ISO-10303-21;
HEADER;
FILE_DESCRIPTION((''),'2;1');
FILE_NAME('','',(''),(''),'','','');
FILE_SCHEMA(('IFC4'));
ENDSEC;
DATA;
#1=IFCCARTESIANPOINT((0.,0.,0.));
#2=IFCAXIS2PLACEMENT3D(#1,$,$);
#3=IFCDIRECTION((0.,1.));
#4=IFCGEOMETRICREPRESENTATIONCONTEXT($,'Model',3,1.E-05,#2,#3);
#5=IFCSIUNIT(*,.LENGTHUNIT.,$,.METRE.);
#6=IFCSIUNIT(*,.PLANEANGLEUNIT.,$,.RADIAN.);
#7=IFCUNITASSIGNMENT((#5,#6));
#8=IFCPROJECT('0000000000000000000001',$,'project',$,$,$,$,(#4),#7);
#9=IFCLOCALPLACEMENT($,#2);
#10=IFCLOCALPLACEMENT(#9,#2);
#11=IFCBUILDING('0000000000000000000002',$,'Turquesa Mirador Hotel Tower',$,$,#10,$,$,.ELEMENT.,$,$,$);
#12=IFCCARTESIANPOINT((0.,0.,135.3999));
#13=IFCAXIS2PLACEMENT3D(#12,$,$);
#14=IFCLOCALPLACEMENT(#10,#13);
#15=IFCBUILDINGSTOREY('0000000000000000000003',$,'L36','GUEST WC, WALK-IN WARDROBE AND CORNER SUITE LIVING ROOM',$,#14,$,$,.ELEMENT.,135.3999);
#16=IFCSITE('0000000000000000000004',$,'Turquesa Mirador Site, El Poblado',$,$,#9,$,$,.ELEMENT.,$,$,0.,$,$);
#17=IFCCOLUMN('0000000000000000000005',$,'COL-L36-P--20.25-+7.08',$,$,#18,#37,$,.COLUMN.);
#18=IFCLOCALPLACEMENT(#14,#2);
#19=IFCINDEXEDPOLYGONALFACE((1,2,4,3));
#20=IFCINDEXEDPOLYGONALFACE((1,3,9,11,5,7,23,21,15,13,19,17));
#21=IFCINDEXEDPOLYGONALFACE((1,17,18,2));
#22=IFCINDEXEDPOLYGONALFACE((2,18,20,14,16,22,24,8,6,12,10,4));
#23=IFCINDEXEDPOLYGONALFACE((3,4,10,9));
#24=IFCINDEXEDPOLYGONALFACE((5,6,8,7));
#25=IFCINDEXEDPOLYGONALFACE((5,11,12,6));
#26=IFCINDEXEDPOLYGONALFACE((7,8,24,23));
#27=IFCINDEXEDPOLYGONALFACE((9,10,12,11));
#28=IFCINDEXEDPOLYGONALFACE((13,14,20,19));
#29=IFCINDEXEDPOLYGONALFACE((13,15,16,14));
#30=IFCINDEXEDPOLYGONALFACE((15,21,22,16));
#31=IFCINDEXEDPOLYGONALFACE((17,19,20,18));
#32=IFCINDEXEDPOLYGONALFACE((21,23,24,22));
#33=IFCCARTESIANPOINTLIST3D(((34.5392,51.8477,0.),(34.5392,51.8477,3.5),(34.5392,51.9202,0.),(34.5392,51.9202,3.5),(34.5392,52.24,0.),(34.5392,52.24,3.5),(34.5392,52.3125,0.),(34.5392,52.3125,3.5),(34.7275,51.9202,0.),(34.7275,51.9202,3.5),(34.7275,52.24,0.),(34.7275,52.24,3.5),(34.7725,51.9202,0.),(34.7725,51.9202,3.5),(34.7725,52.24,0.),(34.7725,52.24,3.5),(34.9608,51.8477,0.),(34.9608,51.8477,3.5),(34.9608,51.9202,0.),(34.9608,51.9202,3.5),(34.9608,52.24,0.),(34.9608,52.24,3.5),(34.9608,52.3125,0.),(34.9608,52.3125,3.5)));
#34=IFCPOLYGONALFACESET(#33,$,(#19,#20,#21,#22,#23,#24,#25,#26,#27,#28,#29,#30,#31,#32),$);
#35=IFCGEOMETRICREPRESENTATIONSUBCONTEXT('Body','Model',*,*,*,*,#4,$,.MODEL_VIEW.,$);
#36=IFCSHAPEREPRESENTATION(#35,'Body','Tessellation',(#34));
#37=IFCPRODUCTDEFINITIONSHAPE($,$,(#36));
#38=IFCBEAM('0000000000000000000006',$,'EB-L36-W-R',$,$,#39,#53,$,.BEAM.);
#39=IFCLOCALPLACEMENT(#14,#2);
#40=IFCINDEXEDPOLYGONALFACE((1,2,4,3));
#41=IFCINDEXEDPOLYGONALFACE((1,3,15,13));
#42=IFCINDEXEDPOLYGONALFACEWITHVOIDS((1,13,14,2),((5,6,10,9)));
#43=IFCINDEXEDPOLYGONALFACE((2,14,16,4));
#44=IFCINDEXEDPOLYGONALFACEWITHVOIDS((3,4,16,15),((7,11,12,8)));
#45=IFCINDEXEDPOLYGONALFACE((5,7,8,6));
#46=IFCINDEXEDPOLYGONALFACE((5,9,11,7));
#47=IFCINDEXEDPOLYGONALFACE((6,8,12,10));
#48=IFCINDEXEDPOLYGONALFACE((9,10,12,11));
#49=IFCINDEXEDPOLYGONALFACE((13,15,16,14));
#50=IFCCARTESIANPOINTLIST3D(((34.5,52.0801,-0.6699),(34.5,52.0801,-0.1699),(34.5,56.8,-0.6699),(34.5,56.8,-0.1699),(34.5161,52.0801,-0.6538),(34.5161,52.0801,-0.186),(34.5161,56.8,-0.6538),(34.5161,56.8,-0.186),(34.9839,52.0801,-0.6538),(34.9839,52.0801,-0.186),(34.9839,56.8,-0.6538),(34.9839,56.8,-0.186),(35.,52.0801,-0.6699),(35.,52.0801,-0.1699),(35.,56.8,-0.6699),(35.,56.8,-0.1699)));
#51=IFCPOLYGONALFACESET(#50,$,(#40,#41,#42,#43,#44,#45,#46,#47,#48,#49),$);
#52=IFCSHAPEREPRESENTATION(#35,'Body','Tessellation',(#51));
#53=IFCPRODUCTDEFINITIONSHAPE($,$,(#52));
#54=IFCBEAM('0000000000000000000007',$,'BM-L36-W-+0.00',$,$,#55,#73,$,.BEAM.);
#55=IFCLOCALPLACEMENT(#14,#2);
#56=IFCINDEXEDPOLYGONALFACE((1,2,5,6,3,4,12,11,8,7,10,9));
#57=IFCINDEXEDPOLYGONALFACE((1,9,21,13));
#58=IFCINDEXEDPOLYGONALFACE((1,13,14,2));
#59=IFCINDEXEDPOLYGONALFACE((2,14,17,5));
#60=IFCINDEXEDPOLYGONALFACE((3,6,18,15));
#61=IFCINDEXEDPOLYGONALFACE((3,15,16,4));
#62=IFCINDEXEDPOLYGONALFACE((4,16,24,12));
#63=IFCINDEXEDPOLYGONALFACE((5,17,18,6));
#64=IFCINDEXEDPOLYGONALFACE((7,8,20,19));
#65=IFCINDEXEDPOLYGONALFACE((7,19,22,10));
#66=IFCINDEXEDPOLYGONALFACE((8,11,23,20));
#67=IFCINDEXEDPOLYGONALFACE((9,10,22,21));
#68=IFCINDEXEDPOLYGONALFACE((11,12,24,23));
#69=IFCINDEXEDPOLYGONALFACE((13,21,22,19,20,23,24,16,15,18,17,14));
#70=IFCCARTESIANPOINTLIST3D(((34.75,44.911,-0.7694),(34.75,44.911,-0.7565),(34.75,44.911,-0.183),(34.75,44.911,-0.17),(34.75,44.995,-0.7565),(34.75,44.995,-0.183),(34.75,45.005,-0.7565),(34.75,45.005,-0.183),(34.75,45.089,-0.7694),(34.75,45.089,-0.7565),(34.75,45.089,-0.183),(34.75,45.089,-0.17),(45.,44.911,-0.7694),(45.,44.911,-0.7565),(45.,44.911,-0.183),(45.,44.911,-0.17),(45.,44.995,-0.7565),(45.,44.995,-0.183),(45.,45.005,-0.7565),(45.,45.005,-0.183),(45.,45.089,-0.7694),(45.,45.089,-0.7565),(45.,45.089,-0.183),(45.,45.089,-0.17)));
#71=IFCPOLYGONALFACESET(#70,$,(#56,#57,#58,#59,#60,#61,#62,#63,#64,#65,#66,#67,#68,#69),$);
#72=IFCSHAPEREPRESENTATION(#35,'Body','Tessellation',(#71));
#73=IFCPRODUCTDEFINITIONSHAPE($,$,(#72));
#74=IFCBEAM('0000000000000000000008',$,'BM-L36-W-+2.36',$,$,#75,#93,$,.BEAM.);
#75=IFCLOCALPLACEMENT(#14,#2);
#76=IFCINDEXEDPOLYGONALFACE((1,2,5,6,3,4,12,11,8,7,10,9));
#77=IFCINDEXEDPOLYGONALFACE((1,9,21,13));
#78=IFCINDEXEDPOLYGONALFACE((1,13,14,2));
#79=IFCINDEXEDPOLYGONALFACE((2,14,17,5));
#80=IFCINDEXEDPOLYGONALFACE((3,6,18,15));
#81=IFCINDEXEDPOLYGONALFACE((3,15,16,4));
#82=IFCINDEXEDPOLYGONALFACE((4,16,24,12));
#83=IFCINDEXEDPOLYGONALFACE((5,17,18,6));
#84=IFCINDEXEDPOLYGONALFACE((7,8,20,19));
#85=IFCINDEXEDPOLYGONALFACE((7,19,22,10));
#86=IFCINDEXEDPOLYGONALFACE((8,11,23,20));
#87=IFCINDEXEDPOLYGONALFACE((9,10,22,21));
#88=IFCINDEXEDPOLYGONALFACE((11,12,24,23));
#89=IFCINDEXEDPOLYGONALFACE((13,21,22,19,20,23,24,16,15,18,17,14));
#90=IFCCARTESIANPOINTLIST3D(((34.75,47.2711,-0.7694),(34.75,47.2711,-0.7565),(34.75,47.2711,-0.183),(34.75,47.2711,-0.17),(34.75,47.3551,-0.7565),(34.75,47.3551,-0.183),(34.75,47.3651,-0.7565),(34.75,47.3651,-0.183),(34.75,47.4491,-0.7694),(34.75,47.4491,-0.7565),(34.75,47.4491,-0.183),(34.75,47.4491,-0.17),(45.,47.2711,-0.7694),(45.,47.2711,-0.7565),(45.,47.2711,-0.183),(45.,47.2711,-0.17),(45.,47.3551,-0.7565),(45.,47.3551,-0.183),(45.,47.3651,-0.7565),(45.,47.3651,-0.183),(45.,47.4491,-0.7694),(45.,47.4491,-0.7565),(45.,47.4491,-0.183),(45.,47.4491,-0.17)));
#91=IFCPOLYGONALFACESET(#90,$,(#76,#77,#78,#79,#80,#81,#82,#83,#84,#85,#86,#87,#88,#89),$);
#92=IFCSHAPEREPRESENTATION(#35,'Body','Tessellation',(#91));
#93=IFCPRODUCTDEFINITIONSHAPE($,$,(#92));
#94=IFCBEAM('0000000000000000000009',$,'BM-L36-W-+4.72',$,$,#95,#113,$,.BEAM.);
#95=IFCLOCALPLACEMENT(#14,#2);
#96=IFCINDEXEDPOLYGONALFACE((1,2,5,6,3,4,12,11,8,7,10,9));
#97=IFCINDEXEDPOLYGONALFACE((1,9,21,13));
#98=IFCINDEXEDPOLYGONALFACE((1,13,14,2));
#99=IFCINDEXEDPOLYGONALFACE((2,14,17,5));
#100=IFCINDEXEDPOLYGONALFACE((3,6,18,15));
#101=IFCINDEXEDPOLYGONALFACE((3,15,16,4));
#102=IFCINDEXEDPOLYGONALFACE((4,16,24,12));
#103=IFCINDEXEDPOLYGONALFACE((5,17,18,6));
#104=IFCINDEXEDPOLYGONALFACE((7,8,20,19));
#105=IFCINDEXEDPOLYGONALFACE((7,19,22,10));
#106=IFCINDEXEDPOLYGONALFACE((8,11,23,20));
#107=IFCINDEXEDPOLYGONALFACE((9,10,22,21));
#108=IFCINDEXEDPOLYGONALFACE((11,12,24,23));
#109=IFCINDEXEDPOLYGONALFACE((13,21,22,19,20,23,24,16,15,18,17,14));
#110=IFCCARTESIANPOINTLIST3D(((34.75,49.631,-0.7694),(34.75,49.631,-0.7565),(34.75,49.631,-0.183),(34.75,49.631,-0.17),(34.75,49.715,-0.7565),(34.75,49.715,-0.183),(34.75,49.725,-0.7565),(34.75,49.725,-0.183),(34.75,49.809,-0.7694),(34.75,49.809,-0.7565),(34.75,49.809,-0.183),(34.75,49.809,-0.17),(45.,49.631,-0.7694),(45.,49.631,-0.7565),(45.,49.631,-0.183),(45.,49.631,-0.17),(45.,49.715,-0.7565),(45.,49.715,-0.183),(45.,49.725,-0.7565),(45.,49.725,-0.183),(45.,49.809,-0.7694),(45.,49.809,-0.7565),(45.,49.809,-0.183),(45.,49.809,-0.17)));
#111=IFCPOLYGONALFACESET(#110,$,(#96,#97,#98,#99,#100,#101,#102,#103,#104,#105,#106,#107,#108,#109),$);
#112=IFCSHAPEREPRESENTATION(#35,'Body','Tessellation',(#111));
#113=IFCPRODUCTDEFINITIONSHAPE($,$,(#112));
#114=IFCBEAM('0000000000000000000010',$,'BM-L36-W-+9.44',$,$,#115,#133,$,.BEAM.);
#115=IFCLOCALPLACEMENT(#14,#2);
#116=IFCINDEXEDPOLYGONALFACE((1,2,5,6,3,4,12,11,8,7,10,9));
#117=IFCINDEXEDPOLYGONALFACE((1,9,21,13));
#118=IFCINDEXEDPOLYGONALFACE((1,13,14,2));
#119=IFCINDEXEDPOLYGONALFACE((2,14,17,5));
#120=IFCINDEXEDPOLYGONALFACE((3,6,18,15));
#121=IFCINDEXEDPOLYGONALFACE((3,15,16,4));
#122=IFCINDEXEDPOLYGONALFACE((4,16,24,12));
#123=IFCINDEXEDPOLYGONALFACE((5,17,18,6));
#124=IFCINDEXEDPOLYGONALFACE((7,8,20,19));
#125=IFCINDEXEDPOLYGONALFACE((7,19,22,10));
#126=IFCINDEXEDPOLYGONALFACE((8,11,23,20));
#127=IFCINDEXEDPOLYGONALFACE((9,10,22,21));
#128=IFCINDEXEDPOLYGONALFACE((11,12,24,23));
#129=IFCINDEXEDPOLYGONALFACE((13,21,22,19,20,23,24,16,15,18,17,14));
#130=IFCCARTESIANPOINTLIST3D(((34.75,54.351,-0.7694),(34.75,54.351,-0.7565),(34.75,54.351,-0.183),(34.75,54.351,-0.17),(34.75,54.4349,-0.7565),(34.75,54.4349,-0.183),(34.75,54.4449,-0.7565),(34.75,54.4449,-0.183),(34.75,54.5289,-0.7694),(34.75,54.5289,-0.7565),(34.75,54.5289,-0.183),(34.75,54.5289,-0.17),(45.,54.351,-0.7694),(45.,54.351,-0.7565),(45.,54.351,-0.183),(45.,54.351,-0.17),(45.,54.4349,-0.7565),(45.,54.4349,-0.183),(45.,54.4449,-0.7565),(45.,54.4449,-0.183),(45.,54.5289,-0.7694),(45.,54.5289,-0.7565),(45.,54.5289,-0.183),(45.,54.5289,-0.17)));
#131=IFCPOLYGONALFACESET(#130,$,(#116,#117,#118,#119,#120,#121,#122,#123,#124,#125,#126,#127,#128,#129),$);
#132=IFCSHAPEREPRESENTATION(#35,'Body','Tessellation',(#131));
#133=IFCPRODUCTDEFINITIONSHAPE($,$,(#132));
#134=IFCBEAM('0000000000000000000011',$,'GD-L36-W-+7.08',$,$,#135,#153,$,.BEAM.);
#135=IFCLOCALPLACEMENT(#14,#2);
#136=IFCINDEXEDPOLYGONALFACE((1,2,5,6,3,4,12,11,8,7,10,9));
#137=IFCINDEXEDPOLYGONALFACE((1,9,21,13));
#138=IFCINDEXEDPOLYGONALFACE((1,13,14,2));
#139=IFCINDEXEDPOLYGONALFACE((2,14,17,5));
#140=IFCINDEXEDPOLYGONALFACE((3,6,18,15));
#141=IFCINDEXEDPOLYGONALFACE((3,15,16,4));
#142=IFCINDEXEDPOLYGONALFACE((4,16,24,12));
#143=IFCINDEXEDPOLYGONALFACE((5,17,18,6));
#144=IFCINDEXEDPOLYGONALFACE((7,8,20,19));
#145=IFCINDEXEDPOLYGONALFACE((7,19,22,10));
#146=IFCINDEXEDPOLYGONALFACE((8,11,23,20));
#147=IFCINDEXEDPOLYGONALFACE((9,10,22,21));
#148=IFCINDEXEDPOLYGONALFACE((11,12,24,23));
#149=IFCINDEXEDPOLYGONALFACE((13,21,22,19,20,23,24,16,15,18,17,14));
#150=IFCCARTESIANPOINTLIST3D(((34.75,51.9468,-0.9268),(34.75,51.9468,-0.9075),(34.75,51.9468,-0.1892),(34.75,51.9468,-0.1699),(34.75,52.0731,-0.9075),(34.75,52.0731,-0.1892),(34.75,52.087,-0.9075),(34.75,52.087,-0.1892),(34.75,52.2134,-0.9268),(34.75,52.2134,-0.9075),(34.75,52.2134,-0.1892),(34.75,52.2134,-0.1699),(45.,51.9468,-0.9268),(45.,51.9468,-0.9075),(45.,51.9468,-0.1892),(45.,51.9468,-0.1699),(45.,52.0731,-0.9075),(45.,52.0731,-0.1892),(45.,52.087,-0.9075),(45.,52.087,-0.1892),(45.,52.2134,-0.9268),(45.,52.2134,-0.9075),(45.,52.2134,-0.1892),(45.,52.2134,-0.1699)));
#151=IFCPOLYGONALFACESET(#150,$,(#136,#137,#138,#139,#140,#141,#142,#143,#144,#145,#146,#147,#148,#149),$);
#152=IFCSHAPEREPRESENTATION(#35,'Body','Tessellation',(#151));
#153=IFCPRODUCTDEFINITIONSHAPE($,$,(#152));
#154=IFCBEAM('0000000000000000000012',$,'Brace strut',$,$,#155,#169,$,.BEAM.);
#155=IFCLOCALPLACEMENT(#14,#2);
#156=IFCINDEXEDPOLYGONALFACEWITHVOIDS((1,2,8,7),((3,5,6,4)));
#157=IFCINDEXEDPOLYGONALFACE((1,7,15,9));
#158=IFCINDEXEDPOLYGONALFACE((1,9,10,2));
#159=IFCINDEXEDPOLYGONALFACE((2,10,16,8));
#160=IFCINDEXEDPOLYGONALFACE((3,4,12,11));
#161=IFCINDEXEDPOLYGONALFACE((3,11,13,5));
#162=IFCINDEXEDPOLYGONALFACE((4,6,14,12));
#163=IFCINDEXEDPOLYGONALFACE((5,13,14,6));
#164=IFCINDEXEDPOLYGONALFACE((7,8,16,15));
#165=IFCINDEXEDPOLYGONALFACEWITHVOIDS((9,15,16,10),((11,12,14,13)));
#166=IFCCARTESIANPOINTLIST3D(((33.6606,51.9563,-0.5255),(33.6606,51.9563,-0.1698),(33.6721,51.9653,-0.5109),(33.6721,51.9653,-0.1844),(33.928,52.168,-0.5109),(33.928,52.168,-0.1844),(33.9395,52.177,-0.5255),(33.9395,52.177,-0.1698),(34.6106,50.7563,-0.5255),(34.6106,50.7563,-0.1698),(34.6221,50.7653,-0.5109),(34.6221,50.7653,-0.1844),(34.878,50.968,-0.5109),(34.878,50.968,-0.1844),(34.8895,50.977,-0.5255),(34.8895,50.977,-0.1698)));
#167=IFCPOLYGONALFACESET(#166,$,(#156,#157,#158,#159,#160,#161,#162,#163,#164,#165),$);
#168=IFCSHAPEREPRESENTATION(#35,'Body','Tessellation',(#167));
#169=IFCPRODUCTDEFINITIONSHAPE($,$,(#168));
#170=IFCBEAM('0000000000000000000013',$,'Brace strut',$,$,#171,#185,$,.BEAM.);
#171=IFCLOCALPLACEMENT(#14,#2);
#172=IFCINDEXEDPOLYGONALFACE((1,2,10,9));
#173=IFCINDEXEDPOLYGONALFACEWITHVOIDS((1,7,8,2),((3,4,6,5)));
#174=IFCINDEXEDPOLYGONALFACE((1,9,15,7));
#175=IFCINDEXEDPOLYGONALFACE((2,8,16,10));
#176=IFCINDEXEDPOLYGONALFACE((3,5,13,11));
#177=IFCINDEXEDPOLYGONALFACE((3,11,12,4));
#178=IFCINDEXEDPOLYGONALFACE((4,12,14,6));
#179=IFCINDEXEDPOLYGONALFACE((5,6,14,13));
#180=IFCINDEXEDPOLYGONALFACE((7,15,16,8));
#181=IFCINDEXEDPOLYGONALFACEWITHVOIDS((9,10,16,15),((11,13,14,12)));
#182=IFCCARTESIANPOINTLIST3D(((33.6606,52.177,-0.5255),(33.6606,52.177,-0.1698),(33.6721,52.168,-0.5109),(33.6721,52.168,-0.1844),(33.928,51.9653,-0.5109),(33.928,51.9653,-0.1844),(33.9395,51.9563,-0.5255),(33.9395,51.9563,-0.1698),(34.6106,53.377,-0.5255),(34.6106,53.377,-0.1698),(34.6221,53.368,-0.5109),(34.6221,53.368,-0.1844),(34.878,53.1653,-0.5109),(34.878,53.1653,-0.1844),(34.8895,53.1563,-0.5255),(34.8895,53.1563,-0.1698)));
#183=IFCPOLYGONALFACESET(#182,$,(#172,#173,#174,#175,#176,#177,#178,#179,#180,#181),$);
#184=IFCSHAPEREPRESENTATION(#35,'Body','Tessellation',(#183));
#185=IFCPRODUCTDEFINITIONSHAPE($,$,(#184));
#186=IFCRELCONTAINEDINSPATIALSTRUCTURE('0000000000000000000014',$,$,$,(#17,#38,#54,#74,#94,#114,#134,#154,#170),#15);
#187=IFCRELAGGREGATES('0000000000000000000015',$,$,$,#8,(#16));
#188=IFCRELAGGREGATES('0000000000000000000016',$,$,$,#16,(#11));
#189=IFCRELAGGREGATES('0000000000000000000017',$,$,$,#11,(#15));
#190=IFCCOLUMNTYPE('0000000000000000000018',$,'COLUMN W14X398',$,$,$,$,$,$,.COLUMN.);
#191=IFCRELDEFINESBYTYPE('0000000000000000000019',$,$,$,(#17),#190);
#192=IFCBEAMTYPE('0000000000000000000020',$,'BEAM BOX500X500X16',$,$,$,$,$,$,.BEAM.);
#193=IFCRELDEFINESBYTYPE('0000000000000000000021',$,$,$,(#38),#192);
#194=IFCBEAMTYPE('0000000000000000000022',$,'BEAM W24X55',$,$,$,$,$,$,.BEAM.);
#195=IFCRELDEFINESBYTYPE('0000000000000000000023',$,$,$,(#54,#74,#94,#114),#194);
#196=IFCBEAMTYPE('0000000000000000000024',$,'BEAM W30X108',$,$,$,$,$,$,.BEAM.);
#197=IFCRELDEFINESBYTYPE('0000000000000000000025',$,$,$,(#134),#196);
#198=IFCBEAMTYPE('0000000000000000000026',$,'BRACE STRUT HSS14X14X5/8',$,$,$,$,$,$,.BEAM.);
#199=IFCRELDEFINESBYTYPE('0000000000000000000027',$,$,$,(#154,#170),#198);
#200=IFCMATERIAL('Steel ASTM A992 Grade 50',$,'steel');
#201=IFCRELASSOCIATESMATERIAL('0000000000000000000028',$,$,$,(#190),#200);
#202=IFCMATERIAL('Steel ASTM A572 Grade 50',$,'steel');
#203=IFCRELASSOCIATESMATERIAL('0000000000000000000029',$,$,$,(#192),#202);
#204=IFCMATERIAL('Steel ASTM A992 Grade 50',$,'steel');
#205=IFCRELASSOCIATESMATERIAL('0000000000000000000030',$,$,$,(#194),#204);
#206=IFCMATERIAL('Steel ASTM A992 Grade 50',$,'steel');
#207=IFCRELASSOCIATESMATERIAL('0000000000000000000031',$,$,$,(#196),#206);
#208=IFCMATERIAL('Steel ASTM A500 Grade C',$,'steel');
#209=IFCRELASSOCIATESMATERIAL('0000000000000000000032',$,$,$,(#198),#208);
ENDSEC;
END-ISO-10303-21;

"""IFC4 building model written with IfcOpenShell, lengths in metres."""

from ifc_helpers import new_model, si_unit, direction, frame, origin, origin_2d, place, context, subcontext, project, spatial, hollow_rectangle, i_section, extrude, material, material_profile, profile_set, type_object, element, save


model = new_model("IFC4")

# Units and contexts
model_context = context("Model", 3, precision=1e-05, world=origin(), true_north=direction((0.0, 1.0)))
body_context = subcontext(model_context, "Body", "Model", "MODEL_VIEW")
ifc_project = project(units=[si_unit("LENGTHUNIT", "METRE"), si_unit("PLANEANGLEUNIT", "RADIAN")], contexts=[model_context])

# Site, building, storey
site_placement = place(None, origin())
site = spatial("IfcSite", under=ifc_project, at=site_placement, Name="Turquesa Mirador Site, El Poblado", CompositionType="ELEMENT", RefElevation=0.0)
building_placement = place(site_placement, origin())
building = spatial("IfcBuilding", under=site, at=building_placement, Name="Turquesa Mirador Hotel Tower", CompositionType="ELEMENT")
storey_placement = place(building_placement, frame((0.0, 0.0, 135.3999)))
storey = spatial("IfcBuildingStorey", under=building, at=storey_placement, Name="L36", Description="GUEST WC, WALK-IN WARDROBE AND CORNER SUITE LIVING ROOM", CompositionType="ELEMENT", Elevation=135.3999)

# Column
ifc_material_1 = material(Name="Steel ASTM A992 Grade 50", Category="steel")
ifc_material_profile_1 = material_profile(ifc_material_1, i_section(OverallWidth=0.4216, OverallDepth=0.4648, WebThickness=0.0449, FlangeThickness=0.0725, at=origin_2d()), Name="W14X398")
ifc_profile_set_1 = profile_set([ifc_material_profile_1], Name="Steel ASTM A992 Grade 50")
column_type = type_object("IfcColumnType", Name="COLUMN W14X398", PredefinedType="COLUMN", material=ifc_profile_set_1)
column_placement = place(storey_placement, frame((34.75, 52.0801, 0.0), z_axis=(0.0, 0.0, 1.0), x_axis=(1.0, 0.0, 0.0)))
element("IfcColumn", 1, at=column_placement, inside=storey, type_object=column_type, Name="COL-L36-P--20.25-+7.08", PredefinedType="COLUMN", context=body_context, shape_type="SweptSolid", body=[
    extrude(i_section(OverallWidth=0.4216, OverallDepth=0.4648, WebThickness=0.0449, FlangeThickness=0.0725, at=origin_2d()), origin(), (0.0, 0.0, 1.0), 3.5),
])

# Beams
ifc_material_2 = material(Name="Steel ASTM A572 Grade 50", Category="steel")
ifc_material_profile_2 = material_profile(ifc_material_2, hollow_rectangle(XDim=0.5, YDim=0.5, WallThickness=0.0161, at=origin_2d()), Name="BOX500X500X16")
ifc_profile_set_2 = profile_set([ifc_material_profile_2], Name="Steel ASTM A572 Grade 50")
beam_type_1 = type_object("IfcBeamType", Name="BEAM BOX500X500X16", PredefinedType="BEAM", material=ifc_profile_set_2)
beam_1_placement = place(storey_placement, frame((34.75, 52.0801, -0.4199), z_axis=(0.0, 1.0, 0.0), x_axis=(-1.0, 0.0, 0.0)))
element("IfcBeam", 2, at=beam_1_placement, inside=storey, type_object=beam_type_1, Name="EB-L36-W-R", PredefinedType="BEAM", context=body_context, shape_type="SweptSolid", body=[
    extrude(hollow_rectangle(XDim=0.5, YDim=0.5, WallThickness=0.0161, at=origin_2d()), origin(), (0.0, 0.0, 1.0), 4.72),
])
ifc_material_3 = material(Name="Steel ASTM A992 Grade 50", Category="steel")
ifc_material_profile_3 = material_profile(ifc_material_3, i_section(OverallWidth=0.178, OverallDepth=0.5994, WebThickness=0.01, FlangeThickness=0.0129, at=origin_2d()), Name="W24X55")
ifc_profile_set_3 = profile_set([ifc_material_profile_3], Name="Steel ASTM A992 Grade 50")
beam_type_2 = type_object("IfcBeamType", Name="BEAM W24X55", PredefinedType="BEAM", material=ifc_profile_set_3)
for number, where, z_axis, x_axis, name in (
    (3, (34.75, 45.0, -0.4697), (1.0, 0.0, 0.0), (0.0, 1.0, 0.0), "BM-L36-W-+0.00"),
    (4, (34.75, 47.3601, -0.4697), (1.0, 0.0, 0.0), (0.0, 1.0, 0.0), "BM-L36-W-+2.36"),
    (5, (34.75, 49.72, -0.4697), (1.0, 0.0, 0.0), (0.0, 1.0, 0.0), "BM-L36-W-+4.72"),
    (6, (34.75, 54.4399, -0.4697), (1.0, 0.0, 0.0), (0.0, 1.0, 0.0), "BM-L36-W-+9.44"),
):
    element("IfcBeam", number, at=place(storey_placement, frame(where, z_axis=z_axis, x_axis=x_axis)), inside=storey, type_object=beam_type_2, Name=name, PredefinedType="BEAM", context=body_context, shape_type="SweptSolid", body=[
        extrude(i_section(OverallWidth=0.178, OverallDepth=0.5994, WebThickness=0.01, FlangeThickness=0.0129, at=origin_2d()), origin(), (0.0, 0.0, 1.0), 10.25),
    ])
ifc_material_4 = material(Name="Steel ASTM A992 Grade 50", Category="steel")
ifc_material_profile_4 = material_profile(ifc_material_4, i_section(OverallWidth=0.2666, OverallDepth=0.7568, WebThickness=0.0139, FlangeThickness=0.0193, at=origin_2d()), Name="W30X108")
ifc_profile_set_4 = profile_set([ifc_material_profile_4], Name="Steel ASTM A992 Grade 50")
beam_type_3 = type_object("IfcBeamType", Name="BEAM W30X108", PredefinedType="BEAM", material=ifc_profile_set_4)
beam_2_placement = place(storey_placement, frame((34.75, 52.0801, -0.5483), z_axis=(1.0, 0.0, 0.0), x_axis=(0.0, 1.0, 0.0)))
element("IfcBeam", 7, at=beam_2_placement, inside=storey, type_object=beam_type_3, Name="GD-L36-W-+7.08", PredefinedType="BEAM", context=body_context, shape_type="SweptSolid", body=[
    extrude(i_section(OverallWidth=0.2666, OverallDepth=0.7568, WebThickness=0.0139, FlangeThickness=0.0193, at=origin_2d()), origin(), (0.0, 0.0, 1.0), 10.25),
])
ifc_material_5 = material(Name="Steel ASTM A500 Grade C", Category="steel")
ifc_material_profile_5 = material_profile(ifc_material_5, hollow_rectangle(XDim=0.3557, YDim=0.3557, WallThickness=0.0146, at=origin_2d()), Name="HSS14X14X5/8")
ifc_profile_set_5 = profile_set([ifc_material_profile_5], Name="Steel ASTM A500 Grade C")
beam_type_4 = type_object("IfcBeamType", Name="BRACE STRUT HSS14X14X5/8", PredefinedType="BEAM", material=ifc_profile_set_5)
for number, where, z_axis, x_axis, name in (
    (8, (33.8, 52.0667, -0.3477), (0.620699, -0.784049, 0.0), (0.784049, 0.620699, 0.0), "Brace strut"),
    (9, (33.8, 52.0667, -0.3477), (0.620699, 0.784049, 0.0), (-0.784049, 0.620699, 0.0), "Brace strut"),
):
    element("IfcBeam", number, at=place(storey_placement, frame(where, z_axis=z_axis, x_axis=x_axis)), inside=storey, type_object=beam_type_4, Name=name, PredefinedType="BEAM", context=body_context, shape_type="SweptSolid", body=[
        extrude(hollow_rectangle(XDim=0.3557, YDim=0.3557, WallThickness=0.0146, at=origin_2d()), origin(), (0.0, 0.0, 1.0), 1.5305),
    ])

save(model, "model.ifc")
